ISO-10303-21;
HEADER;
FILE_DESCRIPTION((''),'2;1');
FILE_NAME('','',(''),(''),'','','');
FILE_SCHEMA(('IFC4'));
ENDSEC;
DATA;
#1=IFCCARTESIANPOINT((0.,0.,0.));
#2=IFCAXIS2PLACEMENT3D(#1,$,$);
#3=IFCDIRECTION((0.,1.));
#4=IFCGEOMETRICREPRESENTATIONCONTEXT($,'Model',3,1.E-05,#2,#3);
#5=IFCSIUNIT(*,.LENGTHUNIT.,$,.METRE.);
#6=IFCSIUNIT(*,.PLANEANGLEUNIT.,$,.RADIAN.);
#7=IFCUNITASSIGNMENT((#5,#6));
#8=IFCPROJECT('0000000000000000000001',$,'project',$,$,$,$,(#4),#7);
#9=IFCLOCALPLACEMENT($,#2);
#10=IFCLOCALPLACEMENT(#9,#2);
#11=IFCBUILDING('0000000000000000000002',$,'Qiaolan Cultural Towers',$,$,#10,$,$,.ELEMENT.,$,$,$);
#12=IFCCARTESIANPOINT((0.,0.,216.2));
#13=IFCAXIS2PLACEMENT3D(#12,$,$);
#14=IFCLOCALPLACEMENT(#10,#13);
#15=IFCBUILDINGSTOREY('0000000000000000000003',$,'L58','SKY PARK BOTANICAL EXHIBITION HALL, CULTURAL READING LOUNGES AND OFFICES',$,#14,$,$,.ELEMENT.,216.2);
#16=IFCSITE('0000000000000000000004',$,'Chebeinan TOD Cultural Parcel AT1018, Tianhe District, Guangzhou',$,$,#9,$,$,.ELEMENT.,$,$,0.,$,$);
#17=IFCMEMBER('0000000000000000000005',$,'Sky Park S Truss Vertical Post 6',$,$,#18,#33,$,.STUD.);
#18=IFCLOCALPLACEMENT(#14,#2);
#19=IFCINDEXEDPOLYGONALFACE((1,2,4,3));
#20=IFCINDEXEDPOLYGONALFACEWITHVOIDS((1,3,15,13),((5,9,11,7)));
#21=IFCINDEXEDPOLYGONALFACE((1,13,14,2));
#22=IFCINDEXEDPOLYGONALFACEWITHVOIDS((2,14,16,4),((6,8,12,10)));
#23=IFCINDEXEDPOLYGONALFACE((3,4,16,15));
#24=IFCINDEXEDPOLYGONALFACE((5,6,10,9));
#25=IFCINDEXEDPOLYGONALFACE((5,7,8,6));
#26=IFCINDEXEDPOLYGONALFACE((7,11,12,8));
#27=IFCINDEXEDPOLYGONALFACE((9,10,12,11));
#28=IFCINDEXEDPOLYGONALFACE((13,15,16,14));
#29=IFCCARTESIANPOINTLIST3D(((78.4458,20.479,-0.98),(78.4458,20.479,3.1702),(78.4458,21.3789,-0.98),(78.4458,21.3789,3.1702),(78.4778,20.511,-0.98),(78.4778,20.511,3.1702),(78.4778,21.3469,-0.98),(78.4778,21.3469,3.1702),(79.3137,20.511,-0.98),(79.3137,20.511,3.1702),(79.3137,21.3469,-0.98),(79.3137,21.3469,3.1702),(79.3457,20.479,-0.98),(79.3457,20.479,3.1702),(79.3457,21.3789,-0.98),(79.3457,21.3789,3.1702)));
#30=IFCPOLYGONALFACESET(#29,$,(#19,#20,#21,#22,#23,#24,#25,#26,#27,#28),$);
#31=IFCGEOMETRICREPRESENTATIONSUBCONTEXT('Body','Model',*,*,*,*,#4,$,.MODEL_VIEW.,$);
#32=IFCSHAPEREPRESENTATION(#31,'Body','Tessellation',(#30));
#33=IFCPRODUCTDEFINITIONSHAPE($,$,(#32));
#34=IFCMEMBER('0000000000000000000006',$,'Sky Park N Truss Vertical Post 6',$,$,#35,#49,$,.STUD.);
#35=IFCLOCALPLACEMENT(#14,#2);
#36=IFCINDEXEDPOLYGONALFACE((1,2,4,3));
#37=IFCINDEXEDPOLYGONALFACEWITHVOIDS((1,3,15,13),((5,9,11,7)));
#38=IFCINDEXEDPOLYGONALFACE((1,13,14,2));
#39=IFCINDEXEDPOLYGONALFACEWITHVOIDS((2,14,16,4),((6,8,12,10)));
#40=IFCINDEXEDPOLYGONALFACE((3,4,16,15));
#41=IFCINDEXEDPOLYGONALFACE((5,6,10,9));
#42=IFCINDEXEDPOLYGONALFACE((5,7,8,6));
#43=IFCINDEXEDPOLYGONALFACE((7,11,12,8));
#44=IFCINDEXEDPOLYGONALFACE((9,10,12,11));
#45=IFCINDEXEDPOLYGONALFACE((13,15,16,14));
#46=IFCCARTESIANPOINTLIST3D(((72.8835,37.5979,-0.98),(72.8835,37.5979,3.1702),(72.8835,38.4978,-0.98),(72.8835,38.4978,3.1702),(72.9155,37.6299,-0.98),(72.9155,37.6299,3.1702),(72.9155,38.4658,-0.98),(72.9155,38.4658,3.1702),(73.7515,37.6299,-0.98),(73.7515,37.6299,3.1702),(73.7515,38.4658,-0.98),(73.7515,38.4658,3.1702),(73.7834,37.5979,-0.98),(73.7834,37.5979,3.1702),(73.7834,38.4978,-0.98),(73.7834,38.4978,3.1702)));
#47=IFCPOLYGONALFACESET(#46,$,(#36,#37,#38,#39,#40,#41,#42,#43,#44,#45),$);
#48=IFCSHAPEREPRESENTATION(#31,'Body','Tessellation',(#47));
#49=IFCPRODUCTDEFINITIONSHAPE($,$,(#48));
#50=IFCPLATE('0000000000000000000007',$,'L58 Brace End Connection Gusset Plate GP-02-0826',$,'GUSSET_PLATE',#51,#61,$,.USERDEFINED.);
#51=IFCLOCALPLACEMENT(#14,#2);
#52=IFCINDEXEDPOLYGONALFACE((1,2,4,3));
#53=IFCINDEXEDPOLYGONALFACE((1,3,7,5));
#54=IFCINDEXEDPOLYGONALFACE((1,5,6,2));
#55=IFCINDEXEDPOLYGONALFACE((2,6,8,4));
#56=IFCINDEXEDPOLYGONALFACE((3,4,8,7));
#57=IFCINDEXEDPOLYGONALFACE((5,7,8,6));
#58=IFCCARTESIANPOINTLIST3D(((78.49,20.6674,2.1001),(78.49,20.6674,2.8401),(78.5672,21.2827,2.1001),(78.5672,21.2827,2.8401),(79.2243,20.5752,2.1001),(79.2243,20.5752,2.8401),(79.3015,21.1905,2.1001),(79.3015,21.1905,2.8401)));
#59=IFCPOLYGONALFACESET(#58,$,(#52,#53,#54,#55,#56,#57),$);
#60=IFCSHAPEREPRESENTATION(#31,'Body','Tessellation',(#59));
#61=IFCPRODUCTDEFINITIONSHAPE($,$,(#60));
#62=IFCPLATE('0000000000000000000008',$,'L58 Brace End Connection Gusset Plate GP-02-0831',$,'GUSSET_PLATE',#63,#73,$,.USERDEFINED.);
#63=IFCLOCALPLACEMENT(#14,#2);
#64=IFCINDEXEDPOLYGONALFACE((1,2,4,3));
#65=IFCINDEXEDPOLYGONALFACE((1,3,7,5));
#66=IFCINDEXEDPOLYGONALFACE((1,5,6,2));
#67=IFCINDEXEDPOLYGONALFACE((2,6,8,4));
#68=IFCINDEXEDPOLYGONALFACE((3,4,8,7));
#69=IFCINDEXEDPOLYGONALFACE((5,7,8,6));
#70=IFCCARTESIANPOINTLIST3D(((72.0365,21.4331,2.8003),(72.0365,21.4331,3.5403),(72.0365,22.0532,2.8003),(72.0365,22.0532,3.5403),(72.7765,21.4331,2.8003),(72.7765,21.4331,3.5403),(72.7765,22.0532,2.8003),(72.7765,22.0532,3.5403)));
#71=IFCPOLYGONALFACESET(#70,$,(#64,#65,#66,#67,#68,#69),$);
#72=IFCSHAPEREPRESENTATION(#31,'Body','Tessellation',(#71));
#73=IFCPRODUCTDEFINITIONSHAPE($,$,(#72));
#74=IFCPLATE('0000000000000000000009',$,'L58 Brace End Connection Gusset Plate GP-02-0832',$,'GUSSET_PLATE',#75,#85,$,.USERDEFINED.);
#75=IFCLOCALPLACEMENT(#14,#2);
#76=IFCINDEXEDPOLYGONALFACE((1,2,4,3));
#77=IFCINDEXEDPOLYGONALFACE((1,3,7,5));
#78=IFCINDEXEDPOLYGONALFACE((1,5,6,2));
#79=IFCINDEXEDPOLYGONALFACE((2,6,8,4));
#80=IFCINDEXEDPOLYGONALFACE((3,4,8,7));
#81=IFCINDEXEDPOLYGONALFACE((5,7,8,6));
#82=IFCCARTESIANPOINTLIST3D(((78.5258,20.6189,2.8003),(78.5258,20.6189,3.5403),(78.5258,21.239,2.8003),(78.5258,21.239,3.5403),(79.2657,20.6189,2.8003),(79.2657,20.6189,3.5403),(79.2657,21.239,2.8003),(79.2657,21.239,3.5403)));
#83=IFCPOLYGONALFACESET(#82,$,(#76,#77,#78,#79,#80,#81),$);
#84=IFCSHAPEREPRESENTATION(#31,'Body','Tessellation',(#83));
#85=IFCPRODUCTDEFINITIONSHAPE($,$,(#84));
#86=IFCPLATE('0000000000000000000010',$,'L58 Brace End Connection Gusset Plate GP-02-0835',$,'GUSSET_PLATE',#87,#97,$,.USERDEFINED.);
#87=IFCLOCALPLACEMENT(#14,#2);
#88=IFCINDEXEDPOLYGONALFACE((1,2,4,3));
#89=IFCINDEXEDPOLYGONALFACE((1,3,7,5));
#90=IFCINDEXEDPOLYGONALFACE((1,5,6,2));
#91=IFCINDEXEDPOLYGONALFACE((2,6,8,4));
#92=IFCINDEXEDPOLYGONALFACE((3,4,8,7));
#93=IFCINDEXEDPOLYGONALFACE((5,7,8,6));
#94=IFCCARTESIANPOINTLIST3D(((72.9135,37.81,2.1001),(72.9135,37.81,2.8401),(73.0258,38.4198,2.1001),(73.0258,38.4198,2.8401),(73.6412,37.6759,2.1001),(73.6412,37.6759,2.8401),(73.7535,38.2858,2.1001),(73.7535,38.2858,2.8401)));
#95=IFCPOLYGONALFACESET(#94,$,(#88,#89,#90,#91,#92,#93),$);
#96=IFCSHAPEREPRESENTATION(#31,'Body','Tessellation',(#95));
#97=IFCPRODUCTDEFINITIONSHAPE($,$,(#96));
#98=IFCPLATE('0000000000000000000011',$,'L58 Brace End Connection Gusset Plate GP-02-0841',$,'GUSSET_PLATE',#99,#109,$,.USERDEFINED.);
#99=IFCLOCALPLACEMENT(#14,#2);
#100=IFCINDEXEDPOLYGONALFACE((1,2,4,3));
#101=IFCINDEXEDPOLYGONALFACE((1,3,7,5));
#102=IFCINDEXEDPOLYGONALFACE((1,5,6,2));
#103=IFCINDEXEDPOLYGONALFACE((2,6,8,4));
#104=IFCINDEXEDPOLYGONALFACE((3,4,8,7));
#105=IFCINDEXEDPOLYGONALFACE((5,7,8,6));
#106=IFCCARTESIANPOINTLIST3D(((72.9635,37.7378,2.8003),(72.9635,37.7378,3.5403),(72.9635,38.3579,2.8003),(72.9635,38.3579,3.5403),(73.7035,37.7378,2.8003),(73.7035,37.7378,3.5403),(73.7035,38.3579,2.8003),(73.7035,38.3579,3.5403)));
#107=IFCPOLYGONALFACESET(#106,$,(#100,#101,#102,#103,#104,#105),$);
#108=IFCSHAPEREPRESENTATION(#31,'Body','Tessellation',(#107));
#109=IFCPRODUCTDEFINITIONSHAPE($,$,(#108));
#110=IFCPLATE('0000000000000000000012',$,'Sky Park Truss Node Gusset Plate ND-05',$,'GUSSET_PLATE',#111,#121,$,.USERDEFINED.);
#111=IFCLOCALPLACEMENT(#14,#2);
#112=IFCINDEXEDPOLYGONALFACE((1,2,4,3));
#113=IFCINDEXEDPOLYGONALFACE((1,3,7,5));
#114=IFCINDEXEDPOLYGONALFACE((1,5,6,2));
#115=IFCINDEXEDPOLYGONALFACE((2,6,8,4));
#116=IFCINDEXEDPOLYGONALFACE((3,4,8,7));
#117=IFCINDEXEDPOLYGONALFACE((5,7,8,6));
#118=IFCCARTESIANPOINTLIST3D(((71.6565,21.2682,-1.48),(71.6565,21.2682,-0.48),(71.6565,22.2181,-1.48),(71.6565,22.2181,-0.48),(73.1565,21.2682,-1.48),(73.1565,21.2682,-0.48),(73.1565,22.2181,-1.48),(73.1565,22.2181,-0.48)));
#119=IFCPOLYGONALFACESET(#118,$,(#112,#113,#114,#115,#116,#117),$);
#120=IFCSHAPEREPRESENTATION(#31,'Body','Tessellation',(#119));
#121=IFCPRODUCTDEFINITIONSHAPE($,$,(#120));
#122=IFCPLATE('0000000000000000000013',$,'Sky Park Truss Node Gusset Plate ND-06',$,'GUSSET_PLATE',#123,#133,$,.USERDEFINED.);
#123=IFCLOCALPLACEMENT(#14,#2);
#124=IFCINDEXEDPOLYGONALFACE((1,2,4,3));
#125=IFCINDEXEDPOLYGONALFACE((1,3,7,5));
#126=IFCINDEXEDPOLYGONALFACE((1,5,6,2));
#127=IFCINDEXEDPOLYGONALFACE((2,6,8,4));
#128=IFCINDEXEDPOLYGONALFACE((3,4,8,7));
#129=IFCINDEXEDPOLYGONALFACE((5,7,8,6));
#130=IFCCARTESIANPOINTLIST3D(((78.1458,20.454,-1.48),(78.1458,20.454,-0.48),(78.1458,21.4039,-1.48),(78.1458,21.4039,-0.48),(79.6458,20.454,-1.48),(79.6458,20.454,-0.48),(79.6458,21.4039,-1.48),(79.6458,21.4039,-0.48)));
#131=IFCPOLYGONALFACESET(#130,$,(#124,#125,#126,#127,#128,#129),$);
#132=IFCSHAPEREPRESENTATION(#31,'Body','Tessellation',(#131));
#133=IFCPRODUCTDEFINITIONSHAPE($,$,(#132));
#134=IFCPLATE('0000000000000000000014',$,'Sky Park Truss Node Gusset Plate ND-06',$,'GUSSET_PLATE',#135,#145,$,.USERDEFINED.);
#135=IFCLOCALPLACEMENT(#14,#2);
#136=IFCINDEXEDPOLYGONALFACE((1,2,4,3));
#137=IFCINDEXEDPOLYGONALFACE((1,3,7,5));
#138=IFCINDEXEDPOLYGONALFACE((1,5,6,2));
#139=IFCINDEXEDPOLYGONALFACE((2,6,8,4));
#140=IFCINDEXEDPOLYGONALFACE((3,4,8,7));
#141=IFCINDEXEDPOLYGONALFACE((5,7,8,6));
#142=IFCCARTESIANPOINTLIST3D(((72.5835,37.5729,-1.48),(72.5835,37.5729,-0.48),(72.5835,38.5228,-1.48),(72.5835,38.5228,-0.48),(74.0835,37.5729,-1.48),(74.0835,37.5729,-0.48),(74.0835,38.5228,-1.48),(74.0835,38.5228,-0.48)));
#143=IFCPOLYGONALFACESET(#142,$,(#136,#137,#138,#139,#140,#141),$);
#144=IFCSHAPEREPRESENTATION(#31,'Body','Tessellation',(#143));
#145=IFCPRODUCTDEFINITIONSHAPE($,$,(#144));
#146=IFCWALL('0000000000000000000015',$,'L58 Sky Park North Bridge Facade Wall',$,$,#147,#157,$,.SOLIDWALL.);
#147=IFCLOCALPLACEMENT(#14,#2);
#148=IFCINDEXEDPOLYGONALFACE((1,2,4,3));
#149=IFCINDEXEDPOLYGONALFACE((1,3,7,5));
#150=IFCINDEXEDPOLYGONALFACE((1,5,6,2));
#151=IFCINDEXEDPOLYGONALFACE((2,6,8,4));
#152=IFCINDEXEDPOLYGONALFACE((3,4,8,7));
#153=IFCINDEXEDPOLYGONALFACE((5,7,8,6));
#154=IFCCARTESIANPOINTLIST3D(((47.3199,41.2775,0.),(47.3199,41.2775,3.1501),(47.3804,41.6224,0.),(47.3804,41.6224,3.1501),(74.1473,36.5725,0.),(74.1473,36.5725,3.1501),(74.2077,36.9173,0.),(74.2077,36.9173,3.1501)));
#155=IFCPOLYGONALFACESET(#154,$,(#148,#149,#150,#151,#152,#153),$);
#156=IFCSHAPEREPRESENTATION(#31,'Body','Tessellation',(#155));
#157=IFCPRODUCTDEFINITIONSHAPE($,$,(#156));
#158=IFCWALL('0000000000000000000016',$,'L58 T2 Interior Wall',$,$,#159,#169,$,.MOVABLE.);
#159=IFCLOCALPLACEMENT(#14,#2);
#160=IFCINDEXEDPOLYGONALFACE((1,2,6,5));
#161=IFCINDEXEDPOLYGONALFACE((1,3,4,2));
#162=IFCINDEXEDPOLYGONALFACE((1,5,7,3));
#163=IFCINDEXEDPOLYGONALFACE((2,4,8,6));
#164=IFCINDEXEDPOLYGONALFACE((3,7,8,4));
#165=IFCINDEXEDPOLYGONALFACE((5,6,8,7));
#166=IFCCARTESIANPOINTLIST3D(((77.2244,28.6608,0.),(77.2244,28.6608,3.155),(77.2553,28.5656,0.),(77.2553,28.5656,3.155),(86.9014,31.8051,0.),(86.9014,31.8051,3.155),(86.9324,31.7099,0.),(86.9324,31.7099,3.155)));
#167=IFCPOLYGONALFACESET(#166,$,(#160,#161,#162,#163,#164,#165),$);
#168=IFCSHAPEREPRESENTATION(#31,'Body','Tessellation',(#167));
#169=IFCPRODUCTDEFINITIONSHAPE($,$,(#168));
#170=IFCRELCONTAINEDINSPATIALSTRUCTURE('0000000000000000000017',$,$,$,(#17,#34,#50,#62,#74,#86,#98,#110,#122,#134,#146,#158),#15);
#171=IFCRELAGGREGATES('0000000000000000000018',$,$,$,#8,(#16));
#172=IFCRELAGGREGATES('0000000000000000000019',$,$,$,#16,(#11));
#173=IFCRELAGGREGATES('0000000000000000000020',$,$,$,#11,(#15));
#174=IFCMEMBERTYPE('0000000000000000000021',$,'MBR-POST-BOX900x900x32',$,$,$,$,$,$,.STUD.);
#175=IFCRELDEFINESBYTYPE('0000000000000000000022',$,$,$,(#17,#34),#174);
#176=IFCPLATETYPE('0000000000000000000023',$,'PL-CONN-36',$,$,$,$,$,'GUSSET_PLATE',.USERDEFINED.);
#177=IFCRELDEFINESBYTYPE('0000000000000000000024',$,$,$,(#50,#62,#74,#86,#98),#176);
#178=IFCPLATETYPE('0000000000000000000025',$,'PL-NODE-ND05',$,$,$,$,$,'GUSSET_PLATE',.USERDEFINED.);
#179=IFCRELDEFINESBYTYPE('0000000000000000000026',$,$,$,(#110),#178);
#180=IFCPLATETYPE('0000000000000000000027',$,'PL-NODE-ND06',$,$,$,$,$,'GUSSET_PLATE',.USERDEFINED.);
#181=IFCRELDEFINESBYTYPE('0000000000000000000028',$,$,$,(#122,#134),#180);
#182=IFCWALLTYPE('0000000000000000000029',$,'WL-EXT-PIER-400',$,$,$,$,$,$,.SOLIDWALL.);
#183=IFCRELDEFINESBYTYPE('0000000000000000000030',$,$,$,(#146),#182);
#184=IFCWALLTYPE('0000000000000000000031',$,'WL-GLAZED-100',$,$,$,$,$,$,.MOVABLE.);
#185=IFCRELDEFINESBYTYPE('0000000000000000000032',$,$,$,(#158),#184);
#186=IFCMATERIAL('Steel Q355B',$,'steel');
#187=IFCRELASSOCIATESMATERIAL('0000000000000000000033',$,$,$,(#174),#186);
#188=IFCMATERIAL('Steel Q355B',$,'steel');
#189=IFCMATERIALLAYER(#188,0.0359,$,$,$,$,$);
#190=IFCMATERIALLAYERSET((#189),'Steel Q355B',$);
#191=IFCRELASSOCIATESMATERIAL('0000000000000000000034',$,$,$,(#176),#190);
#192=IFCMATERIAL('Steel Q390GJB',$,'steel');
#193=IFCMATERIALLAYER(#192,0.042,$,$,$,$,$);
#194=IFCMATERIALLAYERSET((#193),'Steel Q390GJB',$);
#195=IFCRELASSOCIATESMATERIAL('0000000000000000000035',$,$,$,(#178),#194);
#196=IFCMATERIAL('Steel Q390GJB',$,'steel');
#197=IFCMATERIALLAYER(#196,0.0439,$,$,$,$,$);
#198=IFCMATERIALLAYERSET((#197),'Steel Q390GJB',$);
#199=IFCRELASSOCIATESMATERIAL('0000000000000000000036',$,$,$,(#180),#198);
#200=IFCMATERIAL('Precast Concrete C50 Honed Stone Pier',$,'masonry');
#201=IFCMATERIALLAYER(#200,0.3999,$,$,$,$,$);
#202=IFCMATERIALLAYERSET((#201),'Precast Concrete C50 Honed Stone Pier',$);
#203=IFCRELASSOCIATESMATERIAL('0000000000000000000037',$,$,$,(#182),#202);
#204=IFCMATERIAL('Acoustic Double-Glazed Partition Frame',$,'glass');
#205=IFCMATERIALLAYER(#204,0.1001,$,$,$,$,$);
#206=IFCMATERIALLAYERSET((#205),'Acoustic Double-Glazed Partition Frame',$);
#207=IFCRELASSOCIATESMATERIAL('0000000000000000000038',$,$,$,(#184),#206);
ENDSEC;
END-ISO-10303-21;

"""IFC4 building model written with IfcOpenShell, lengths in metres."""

from ifc_helpers import new_model, si_unit, direction, frame, frame_2d, origin, origin_2d, place, context, subcontext, project, spatial, rectangle, hollow_rectangle, extrude, material, layer, layer_set, material_profile, profile_set, type_object, element, save


model = new_model("IFC4")

# Units and contexts
model_context = context("Model", 3, precision=1e-05, world=origin(), true_north=direction((0.0, 1.0)))
body_context = subcontext(model_context, "Body", "Model", "MODEL_VIEW")
ifc_project = project(units=[si_unit("LENGTHUNIT", "METRE"), si_unit("PLANEANGLEUNIT", "RADIAN")], contexts=[model_context])

# Site, building, storey
site_placement = place(None, origin())
site = spatial("IfcSite", under=ifc_project, at=site_placement, Name="Chebeinan TOD Cultural Parcel AT1018, Tianhe District, Guangzhou", CompositionType="ELEMENT", RefElevation=0.0)
building_placement = place(site_placement, origin())
building = spatial("IfcBuilding", under=site, at=building_placement, Name="Qiaolan Cultural Towers", CompositionType="ELEMENT")
storey_placement = place(building_placement, frame((0.0, 0.0, 216.2)))
storey = spatial("IfcBuildingStorey", under=building, at=storey_placement, Name="L58", Description="SKY PARK BOTANICAL EXHIBITION HALL, CULTURAL READING LOUNGES AND OFFICES", CompositionType="ELEMENT", Elevation=216.2)

# Members
ifc_material_1 = material(Name="Steel Q355B", Category="steel")
ifc_material_profile_1 = material_profile(ifc_material_1, hollow_rectangle(XDim=0.8999, YDim=0.8999, WallThickness=0.032, at=origin_2d()), Name="BOX900x900x32")
ifc_profile_set_1 = profile_set([ifc_material_profile_1], Name="Steel Q355B")
member_type_1 = type_object("IfcMemberType", Name="MBR-POST-BOX900x900x32", PredefinedType="STUD", material=ifc_profile_set_1)
for number, where, z_axis, x_axis, name in (
    (1, (78.8958, 20.929, -0.98), (0.0, 0.0, 1.0), (1.0, 0.0, 0.0), "Sky Park S Truss Vertical Post 6"),
    (2, (73.3335, 38.0479, -0.98), (0.0, 0.0, 1.0), (1.0, 0.0, 0.0), "Sky Park N Truss Vertical Post 6"),
):
    element("IfcMember", number, at=place(storey_placement, frame(where, z_axis=z_axis, x_axis=x_axis)), inside=storey, type_object=member_type_1, Name=name, PredefinedType="STUD", context=body_context, shape_type="SweptSolid", body=[
        extrude(hollow_rectangle(XDim=0.8999, YDim=0.8999, WallThickness=0.032, at=origin_2d()), origin(), (0.0, 0.0, 1.0), 4.1501),
    ])

# Plates
ifc_material_2 = material(Name="Steel Q355B", Category="steel")
ifc_layer_1 = layer(ifc_material_2, 0.0359)
ifc_layer_set_1 = layer_set([ifc_layer_1], Name="Steel Q355B")
plate_type_1 = type_object("IfcPlateType", Name="PL-CONN-36", ElementType="GUSSET_PLATE", PredefinedType="USERDEFINED", material=ifc_layer_set_1)
for number, where, z_axis, x_axis, name in (
    (3, (78.8958, 20.929, 2.1001), (0.0, 0.0, 1.0), (-0.99222, 0.1245, 0.0), "L58 Brace End Connection Gusset Plate GP-02-0826"),
    (4, (72.4065, 21.7432, 2.8003), (0.0, 0.0, 1.0), (1.0, 0.0, 0.0), "L58 Brace End Connection Gusset Plate GP-02-0831"),
    (5, (78.8958, 20.929, 2.8003), (0.0, 0.0, 1.0), (1.0, 0.0, 0.0), "L58 Brace End Connection Gusset Plate GP-02-0832"),
    (6, (73.3335, 38.0479, 2.1001), (0.0, 0.0, 1.0), (-0.983454, 0.18116, 0.0), "L58 Brace End Connection Gusset Plate GP-02-0835"),
    (7, (73.3335, 38.0479, 2.8003), (0.0, 0.0, 1.0), (1.0, 0.0, 0.0), "L58 Brace End Connection Gusset Plate GP-02-0841"),
):
    element("IfcPlate", number, at=place(storey_placement, frame(where, z_axis=z_axis, x_axis=x_axis)), inside=storey, type_object=plate_type_1, Name=name, ObjectType="GUSSET_PLATE", PredefinedType="USERDEFINED", context=body_context, shape_type="SweptSolid", body=[
        extrude(rectangle(XDim=0.74, YDim=0.6201, at=origin_2d()), origin(), (0.0, 0.0, 1.0), 0.74),
    ])
ifc_material_3 = material(Name="Steel Q390GJB", Category="steel")
ifc_layer_2 = layer(ifc_material_3, 0.042)
ifc_layer_set_2 = layer_set([ifc_layer_2], Name="Steel Q390GJB")
plate_type_2 = type_object("IfcPlateType", Name="PL-NODE-ND05", ElementType="GUSSET_PLATE", PredefinedType="USERDEFINED", material=ifc_layer_set_2)
plate_placement = place(storey_placement, frame((72.4065, 21.7432, -1.48), z_axis=(0.0, 0.0, 1.0), x_axis=(1.0, 0.0, 0.0)))
element("IfcPlate", 8, at=plate_placement, inside=storey, type_object=plate_type_2, Name="Sky Park Truss Node Gusset Plate ND-05", ObjectType="GUSSET_PLATE", PredefinedType="USERDEFINED", context=body_context, shape_type="SweptSolid", body=[
    extrude(rectangle(XDim=1.5, YDim=0.95, at=origin_2d()), origin(), (0.0, 0.0, 1.0), 1.0),
])
ifc_material_4 = material(Name="Steel Q390GJB", Category="steel")
ifc_layer_3 = layer(ifc_material_4, 0.0439)
ifc_layer_set_3 = layer_set([ifc_layer_3], Name="Steel Q390GJB")
plate_type_3 = type_object("IfcPlateType", Name="PL-NODE-ND06", ElementType="GUSSET_PLATE", PredefinedType="USERDEFINED", material=ifc_layer_set_3)
for number, where, z_axis, x_axis, name in (
    (9, (78.8958, 20.929, -1.48), (0.0, 0.0, 1.0), (1.0, 0.0, 0.0), "Sky Park Truss Node Gusset Plate ND-06"),
    (10, (73.3335, 38.0479, -1.48), (0.0, 0.0, 1.0), (1.0, 0.0, 0.0), "Sky Park Truss Node Gusset Plate ND-06"),
):
    element("IfcPlate", number, at=place(storey_placement, frame(where, z_axis=z_axis, x_axis=x_axis)), inside=storey, type_object=plate_type_3, Name=name, ObjectType="GUSSET_PLATE", PredefinedType="USERDEFINED", context=body_context, shape_type="SweptSolid", body=[
        extrude(rectangle(XDim=1.5, YDim=0.95, at=origin_2d()), origin(), (0.0, 0.0, 1.0), 1.0),
    ])

# Walls
ifc_material_5 = material(Name="Precast Concrete C50 Honed Stone Pier", Category="masonry")
ifc_layer_4 = layer(ifc_material_5, 0.3999)
ifc_layer_set_4 = layer_set([ifc_layer_4], Name="Precast Concrete C50 Honed Stone Pier")
wall_type_1 = type_object("IfcWallType", Name="WL-EXT-PIER-400", PredefinedType="SOLIDWALL", material=ifc_layer_set_4)
wall_1_placement = place(storey_placement, frame((74.1775, 36.7449, 0.0), z_axis=(0.0, 0.0, 1.0), x_axis=(-0.984966, 0.172747, 0.0)))
element("IfcWall", 11, at=wall_1_placement, inside=storey, type_object=wall_type_1, Name="L58 Sky Park North Bridge Facade Wall", PredefinedType="SOLIDWALL", context=body_context, shape_type="SweptSolid", body=[
    extrude(rectangle(XDim=27.2368, YDim=0.3501, at=frame_2d((13.6184, 0.0))), origin(), (0.0, 0.0, 1.0), 3.1501),
])
ifc_material_6 = material(Name="Acoustic Double-Glazed Partition Frame", Category="glass")
ifc_layer_5 = layer(ifc_material_6, 0.1001)
ifc_layer_set_5 = layer_set([ifc_layer_5], Name="Acoustic Double-Glazed Partition Frame")
wall_type_2 = type_object("IfcWallType", Name="WL-GLAZED-100", PredefinedType="MOVABLE", material=ifc_layer_set_5)
wall_2_placement = place(storey_placement, frame((77.24, 28.6133, 0.0), z_axis=(0.0, 0.0, 1.0), x_axis=(0.951055, 0.30902, 0.0)))
element("IfcWall", 12, at=wall_2_placement, inside=storey, type_object=wall_type_2, Name="L58 T2 Interior Wall", PredefinedType="MOVABLE", context=body_context, shape_type="SweptSolid", body=[
    extrude(rectangle(XDim=10.175, YDim=0.1001, at=frame_2d((5.0874, 0.0))), origin(), (0.0, 0.0, 1.0), 3.155),
])

save(model, "model.ifc")
